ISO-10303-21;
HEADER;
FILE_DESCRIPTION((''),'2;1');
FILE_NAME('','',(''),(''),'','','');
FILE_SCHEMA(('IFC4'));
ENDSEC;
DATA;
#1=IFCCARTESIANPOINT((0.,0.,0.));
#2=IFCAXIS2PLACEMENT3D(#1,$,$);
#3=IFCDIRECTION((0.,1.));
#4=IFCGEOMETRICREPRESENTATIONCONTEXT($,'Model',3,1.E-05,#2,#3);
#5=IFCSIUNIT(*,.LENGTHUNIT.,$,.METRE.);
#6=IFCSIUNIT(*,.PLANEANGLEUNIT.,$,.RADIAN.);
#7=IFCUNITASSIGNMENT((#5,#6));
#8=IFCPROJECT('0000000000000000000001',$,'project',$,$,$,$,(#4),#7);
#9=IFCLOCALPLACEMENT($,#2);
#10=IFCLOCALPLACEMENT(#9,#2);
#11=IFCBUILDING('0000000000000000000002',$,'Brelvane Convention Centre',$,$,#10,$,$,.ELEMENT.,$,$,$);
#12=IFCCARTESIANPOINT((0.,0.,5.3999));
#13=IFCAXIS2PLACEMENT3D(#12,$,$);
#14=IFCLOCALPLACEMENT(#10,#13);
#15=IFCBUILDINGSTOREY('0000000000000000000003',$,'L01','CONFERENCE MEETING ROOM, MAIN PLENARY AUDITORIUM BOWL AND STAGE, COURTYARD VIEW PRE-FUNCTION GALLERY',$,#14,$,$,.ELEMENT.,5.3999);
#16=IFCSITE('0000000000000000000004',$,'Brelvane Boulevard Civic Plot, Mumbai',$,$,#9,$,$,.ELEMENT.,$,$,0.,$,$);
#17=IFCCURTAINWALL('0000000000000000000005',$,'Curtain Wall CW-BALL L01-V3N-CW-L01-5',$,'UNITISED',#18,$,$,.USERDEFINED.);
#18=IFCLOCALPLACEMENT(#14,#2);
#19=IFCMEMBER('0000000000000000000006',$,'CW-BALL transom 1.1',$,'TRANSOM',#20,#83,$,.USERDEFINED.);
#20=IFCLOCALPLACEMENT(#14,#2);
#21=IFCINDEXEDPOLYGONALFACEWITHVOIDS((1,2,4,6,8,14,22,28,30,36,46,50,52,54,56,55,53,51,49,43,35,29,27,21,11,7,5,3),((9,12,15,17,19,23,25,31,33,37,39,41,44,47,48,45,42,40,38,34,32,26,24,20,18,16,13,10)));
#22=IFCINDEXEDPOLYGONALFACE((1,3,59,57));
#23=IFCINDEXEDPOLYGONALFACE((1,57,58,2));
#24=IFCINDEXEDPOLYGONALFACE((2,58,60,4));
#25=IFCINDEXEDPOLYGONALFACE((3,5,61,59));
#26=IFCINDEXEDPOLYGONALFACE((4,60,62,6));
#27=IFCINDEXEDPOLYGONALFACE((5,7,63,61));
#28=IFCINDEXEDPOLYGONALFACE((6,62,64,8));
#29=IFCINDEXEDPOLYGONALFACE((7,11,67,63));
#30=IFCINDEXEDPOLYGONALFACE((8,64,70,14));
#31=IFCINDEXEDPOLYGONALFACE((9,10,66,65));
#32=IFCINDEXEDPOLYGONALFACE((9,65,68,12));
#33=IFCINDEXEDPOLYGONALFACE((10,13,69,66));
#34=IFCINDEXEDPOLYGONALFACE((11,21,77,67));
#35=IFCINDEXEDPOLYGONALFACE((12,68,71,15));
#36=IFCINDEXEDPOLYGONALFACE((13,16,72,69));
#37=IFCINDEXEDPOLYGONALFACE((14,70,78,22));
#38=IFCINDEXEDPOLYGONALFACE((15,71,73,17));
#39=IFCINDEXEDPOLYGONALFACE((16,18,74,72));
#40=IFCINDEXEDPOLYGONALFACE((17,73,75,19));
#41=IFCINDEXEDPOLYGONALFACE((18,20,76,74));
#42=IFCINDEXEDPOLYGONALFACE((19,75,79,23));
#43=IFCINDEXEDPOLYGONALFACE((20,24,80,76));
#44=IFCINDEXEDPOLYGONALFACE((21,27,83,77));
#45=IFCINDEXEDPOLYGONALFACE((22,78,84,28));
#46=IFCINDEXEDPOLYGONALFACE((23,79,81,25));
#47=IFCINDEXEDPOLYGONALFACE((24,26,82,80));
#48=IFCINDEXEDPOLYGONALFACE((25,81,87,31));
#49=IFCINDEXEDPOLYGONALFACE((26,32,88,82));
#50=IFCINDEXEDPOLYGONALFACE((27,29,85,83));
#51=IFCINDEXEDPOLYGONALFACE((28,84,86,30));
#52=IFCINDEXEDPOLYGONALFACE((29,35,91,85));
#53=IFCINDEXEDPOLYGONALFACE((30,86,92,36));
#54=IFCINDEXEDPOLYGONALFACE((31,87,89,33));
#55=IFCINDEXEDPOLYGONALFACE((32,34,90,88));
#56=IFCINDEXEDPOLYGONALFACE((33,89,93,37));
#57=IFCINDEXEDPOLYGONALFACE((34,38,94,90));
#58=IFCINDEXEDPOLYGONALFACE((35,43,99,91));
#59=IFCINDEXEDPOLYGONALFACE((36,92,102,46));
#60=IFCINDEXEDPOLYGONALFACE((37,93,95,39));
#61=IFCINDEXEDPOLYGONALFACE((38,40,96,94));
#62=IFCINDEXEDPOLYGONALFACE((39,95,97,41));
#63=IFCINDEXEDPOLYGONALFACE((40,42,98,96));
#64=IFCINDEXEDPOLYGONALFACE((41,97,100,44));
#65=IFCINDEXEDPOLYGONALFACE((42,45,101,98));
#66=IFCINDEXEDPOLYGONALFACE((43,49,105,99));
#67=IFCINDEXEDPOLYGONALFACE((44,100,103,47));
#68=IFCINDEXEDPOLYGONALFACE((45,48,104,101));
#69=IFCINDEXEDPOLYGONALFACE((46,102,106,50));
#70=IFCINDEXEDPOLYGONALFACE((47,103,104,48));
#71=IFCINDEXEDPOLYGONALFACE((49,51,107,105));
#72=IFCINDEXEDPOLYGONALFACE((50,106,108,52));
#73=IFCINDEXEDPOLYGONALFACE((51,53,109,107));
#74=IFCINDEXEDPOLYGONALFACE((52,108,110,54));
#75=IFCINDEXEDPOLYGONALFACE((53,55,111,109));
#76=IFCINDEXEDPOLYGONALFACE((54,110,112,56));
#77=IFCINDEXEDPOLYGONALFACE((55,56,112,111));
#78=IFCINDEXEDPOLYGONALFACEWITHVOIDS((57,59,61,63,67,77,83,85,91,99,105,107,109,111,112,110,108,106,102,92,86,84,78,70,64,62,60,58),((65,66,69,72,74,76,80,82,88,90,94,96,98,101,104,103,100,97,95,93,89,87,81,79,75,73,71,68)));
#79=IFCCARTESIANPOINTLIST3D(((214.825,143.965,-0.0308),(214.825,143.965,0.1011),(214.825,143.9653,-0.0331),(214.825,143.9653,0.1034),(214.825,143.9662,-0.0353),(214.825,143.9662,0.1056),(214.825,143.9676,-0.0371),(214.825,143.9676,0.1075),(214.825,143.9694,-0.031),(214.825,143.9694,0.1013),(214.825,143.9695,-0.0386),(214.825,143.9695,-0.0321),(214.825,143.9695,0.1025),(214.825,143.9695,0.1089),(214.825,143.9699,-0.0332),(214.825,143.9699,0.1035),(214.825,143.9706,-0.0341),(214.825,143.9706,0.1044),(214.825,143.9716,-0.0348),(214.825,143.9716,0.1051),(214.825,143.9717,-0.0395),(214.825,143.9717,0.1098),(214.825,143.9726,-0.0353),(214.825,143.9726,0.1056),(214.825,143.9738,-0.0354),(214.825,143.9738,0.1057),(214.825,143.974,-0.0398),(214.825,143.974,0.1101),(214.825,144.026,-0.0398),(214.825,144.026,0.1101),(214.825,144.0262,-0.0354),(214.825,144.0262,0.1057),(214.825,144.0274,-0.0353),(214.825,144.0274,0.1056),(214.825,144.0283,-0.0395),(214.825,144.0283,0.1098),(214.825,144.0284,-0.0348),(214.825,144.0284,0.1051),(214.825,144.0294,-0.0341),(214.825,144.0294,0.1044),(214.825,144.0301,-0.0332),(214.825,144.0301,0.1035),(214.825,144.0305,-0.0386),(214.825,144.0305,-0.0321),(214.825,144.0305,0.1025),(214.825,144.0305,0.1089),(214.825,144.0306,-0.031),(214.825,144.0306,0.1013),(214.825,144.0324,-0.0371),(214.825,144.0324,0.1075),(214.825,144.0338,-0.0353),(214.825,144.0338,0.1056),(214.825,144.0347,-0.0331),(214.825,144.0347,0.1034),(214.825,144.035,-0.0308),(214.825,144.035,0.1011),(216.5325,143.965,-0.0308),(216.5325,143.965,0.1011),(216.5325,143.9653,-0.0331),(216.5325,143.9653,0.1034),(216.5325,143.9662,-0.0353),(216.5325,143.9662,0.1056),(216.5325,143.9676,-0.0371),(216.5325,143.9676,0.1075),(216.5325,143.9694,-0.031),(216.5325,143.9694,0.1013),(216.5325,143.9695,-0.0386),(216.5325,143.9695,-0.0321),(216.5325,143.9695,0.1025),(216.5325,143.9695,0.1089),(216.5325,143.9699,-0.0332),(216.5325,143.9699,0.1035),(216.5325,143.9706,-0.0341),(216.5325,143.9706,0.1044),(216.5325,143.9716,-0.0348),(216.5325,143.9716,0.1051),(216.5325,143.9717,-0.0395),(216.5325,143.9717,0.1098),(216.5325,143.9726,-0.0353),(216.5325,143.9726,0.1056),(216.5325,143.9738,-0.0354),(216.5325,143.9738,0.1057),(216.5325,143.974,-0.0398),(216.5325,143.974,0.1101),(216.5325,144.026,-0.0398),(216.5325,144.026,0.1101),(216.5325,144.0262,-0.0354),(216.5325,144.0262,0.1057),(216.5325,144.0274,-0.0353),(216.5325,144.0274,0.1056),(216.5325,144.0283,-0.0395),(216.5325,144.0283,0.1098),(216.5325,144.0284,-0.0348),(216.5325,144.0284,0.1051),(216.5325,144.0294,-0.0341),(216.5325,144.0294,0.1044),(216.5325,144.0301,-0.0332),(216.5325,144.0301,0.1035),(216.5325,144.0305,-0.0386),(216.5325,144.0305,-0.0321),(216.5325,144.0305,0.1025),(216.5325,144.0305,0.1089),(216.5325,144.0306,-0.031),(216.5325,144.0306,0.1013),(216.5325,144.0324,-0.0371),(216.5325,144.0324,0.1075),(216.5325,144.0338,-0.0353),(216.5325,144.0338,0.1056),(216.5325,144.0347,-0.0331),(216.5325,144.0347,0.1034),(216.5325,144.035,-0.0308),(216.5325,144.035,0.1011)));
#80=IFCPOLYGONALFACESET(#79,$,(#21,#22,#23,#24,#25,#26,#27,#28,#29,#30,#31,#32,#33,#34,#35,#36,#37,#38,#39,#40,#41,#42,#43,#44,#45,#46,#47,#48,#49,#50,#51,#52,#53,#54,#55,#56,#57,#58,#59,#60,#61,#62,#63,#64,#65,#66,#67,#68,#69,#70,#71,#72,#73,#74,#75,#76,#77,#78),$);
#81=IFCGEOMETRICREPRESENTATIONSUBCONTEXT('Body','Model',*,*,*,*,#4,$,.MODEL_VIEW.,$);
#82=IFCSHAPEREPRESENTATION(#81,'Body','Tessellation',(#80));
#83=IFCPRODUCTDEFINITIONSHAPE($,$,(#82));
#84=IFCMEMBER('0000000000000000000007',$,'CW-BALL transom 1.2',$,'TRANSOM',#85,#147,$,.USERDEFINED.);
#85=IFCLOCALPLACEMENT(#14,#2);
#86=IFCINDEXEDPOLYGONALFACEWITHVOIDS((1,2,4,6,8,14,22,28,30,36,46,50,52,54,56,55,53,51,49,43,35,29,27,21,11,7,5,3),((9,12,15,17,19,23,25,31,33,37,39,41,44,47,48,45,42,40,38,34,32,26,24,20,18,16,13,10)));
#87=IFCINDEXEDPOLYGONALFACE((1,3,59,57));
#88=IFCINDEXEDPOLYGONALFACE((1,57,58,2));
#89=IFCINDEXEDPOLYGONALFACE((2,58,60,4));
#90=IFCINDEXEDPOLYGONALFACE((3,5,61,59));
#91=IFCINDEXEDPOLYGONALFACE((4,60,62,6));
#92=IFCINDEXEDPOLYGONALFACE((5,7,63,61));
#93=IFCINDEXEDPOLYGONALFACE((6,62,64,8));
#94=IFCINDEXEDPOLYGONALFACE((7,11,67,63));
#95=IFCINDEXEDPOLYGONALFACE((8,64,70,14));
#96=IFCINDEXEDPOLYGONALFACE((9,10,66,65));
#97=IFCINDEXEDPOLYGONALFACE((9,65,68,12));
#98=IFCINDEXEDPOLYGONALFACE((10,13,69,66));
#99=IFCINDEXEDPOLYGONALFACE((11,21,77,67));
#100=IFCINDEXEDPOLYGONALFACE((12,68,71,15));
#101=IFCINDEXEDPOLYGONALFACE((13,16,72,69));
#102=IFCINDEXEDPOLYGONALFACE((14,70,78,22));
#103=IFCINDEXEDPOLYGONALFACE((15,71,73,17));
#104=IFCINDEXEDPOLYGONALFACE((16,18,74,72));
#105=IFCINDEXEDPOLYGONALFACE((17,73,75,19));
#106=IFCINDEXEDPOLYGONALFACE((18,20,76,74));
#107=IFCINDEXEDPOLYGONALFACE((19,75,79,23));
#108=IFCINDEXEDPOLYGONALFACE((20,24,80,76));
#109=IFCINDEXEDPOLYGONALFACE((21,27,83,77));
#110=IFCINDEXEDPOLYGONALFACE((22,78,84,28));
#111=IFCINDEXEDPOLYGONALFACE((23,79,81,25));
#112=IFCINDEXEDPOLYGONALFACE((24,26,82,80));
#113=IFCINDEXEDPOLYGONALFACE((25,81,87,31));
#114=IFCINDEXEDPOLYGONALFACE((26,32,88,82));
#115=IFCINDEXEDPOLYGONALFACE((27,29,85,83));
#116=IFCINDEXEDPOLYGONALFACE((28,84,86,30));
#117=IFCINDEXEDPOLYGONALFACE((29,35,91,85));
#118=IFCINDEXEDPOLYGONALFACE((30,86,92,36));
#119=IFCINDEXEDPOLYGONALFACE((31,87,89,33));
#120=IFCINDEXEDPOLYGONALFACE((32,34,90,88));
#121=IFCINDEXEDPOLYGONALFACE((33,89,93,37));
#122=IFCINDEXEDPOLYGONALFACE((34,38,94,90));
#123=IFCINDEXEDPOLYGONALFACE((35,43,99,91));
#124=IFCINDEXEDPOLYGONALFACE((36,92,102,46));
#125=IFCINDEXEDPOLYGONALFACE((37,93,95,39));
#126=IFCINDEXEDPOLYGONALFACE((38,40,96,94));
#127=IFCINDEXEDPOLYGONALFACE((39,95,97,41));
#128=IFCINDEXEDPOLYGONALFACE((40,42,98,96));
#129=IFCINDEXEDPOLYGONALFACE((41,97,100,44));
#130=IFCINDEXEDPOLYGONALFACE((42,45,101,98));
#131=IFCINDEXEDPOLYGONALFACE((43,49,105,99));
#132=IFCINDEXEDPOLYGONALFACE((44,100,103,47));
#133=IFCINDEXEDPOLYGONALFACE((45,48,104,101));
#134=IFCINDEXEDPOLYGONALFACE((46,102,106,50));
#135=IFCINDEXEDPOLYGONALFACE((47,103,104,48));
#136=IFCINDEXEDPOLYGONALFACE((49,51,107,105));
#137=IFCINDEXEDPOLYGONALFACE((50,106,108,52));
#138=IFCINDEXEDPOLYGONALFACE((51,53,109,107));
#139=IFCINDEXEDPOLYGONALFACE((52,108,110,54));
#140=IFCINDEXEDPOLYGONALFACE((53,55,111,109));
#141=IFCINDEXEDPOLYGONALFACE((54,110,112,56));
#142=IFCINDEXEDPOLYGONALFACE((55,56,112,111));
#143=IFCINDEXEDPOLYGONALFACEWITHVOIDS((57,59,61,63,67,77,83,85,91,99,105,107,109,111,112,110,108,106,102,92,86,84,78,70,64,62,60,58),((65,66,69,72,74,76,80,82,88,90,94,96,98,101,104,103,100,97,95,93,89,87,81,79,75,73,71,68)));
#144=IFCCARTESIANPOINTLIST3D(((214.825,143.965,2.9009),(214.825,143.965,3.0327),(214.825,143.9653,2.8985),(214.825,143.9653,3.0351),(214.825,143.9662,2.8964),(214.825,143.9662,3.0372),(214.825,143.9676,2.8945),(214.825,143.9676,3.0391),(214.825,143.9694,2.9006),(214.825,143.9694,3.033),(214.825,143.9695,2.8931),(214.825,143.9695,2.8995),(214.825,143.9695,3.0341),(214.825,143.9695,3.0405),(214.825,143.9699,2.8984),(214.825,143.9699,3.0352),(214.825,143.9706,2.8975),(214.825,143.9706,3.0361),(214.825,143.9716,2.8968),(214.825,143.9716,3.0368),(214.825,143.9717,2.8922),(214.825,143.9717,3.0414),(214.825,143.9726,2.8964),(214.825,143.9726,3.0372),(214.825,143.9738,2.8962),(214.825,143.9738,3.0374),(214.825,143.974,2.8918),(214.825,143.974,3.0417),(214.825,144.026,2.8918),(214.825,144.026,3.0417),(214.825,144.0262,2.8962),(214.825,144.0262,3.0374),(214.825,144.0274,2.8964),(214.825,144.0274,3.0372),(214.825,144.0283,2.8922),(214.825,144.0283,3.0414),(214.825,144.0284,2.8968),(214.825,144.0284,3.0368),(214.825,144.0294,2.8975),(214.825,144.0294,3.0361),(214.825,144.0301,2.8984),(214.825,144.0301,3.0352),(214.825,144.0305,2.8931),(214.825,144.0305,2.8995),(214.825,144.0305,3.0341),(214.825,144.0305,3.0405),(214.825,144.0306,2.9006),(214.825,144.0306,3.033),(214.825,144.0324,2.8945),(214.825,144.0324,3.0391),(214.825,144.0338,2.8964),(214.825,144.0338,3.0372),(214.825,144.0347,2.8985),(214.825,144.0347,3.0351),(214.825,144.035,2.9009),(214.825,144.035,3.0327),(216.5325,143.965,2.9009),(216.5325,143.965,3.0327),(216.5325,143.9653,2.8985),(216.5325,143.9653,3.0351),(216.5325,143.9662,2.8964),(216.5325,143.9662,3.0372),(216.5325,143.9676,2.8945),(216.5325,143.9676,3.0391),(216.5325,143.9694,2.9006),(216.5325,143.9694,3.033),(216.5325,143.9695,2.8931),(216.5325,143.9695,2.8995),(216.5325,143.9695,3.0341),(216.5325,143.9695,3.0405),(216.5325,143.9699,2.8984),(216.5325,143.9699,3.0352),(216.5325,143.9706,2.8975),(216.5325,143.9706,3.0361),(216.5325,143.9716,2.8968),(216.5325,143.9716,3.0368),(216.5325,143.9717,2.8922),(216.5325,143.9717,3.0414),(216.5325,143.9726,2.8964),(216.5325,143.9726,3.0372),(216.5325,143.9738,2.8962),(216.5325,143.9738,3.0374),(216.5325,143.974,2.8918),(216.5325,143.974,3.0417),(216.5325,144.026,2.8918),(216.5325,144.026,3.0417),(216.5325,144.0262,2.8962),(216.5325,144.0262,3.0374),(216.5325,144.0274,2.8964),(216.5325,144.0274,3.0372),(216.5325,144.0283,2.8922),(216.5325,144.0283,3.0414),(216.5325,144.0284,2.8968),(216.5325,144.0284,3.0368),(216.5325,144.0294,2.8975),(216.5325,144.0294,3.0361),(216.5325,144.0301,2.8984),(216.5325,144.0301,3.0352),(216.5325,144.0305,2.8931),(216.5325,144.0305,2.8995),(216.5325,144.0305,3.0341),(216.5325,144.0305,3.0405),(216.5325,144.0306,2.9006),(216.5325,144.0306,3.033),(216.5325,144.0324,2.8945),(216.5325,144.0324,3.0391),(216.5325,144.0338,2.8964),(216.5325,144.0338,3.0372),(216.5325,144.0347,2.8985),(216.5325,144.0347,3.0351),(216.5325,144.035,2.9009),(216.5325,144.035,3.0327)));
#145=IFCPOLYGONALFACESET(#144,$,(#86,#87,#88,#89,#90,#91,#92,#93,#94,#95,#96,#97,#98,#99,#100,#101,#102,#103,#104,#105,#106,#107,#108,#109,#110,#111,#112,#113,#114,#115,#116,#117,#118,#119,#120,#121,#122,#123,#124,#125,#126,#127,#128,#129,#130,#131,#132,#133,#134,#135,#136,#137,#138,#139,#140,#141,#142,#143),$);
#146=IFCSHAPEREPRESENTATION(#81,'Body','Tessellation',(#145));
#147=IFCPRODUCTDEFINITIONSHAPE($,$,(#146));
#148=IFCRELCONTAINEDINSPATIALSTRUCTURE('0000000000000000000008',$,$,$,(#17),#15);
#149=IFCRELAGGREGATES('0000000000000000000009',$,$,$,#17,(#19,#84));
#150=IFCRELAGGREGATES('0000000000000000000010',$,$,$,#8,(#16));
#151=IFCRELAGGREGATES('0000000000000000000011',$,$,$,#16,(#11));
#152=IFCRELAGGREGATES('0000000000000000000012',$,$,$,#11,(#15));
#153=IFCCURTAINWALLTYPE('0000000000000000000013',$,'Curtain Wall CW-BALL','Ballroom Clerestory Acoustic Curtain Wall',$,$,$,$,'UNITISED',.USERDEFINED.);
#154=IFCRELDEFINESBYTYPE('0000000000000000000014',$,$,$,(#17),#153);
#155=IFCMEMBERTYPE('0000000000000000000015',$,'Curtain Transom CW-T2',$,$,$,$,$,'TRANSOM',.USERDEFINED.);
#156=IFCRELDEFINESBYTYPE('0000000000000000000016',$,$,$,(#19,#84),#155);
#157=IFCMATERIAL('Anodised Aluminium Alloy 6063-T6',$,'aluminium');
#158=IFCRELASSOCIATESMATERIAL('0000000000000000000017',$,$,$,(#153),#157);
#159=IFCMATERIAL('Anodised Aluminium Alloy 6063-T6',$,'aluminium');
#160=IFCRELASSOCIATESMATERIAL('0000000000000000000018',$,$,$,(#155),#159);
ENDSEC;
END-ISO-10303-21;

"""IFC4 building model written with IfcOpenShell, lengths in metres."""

from ifc_helpers import new_model, si_unit, direction, frame, origin, origin_2d, place, context, subcontext, project, spatial, hollow_rectangle, extrude, material, material_profile, profile_set, type_object, element, aggregate, save


model = new_model("IFC4")

# Units and contexts
model_context = context("Model", 3, precision=1e-05, world=origin(), true_north=direction((0.0, 1.0)))
body_context = subcontext(model_context, "Body", "Model", "MODEL_VIEW")
ifc_project = project(units=[si_unit("LENGTHUNIT", "METRE"), si_unit("PLANEANGLEUNIT", "RADIAN")], contexts=[model_context])

# Site, building, storey
site_placement = place(None, origin())
site = spatial("IfcSite", under=ifc_project, at=site_placement, Name="Brelvane Boulevard Civic Plot, Mumbai", CompositionType="ELEMENT", RefElevation=0.0)
building_placement = place(site_placement, origin())
building = spatial("IfcBuilding", under=site, at=building_placement, Name="Brelvane Convention Centre", CompositionType="ELEMENT")
storey_placement = place(building_placement, frame((0.0, 0.0, 5.3999)))
storey = spatial("IfcBuildingStorey", under=building, at=storey_placement, Name="L01", Description="CONFERENCE MEETING ROOM, MAIN PLENARY AUDITORIUM BOWL AND STAGE, COURTYARD VIEW PRE-FUNCTION GALLERY", CompositionType="ELEMENT", Elevation=5.3999)

# Curtain wall
ifc_material_1 = material(Name="Anodised Aluminium Alloy 6063-T6", Category="aluminium")
curtain_wall_type = type_object("IfcCurtainWallType", Name="Curtain Wall CW-BALL", Description="Ballroom Clerestory Acoustic Curtain Wall", ElementType="UNITISED", PredefinedType="USERDEFINED", material=ifc_material_1)
curtain_wall_1_placement = place(storey_placement, origin())
curtain_wall_1 = element("IfcCurtainWall", 1, at=curtain_wall_1_placement, inside=storey, type_object=curtain_wall_type, Name="Curtain Wall CW-BALL L01-V3N-CW-L01-5", ObjectType="UNITISED", PredefinedType="USERDEFINED")

# Members
ifc_material_2 = material(Name="Anodised Aluminium Alloy 6063-T6", Category="aluminium")
ifc_material_profile_1 = material_profile(ifc_material_2, hollow_rectangle(XDim=0.0701, YDim=0.1499, WallThickness=0.0044, InnerFilletRadius=0.0044, OuterFilletRadius=0.009, at=origin_2d()), Name="ALU-T 150x70x4.5")
ifc_profile_set_1 = profile_set([ifc_material_profile_1], Name="Anodised Aluminium Alloy 6063-T6")
member_type_1 = type_object("IfcMemberType", Name="Curtain Transom CW-T2", ElementType="TRANSOM", PredefinedType="USERDEFINED", material=ifc_profile_set_1)
member_1_placement = place(storey_placement, frame((214.825, 144.0, 0.0352), z_axis=(1.0, 0.0, 0.0), x_axis=(0.0, 1.0, 0.0)))
member_1 = element("IfcMember", 2, at=member_1_placement, type_object=member_type_1, Name="CW-BALL transom 1.1", ObjectType="TRANSOM", PredefinedType="USERDEFINED", context=body_context, shape_type="SweptSolid", body=[
    extrude(hollow_rectangle(XDim=0.0701, YDim=0.1499, WallThickness=0.0044, InnerFilletRadius=0.0044, OuterFilletRadius=0.009, at=origin_2d()), origin(), (0.0, 0.0, 1.0), 1.7075),
])
member_2_placement = place(storey_placement, frame((214.825, 144.0, 2.9668), z_axis=(1.0, 0.0, 0.0), x_axis=(0.0, 1.0, 0.0)))
member_2 = element("IfcMember", 3, at=member_2_placement, type_object=member_type_1, Name="CW-BALL transom 1.2", ObjectType="TRANSOM", PredefinedType="USERDEFINED", context=body_context, shape_type="SweptSolid", body=[
    extrude(hollow_rectangle(XDim=0.0701, YDim=0.1499, WallThickness=0.0044, InnerFilletRadius=0.0044, OuterFilletRadius=0.009, at=origin_2d()), origin(), (0.0, 0.0, 1.0), 1.7075),
])

aggregate(curtain_wall_1, [member_1, member_2])

save(model, "model.ifc")
